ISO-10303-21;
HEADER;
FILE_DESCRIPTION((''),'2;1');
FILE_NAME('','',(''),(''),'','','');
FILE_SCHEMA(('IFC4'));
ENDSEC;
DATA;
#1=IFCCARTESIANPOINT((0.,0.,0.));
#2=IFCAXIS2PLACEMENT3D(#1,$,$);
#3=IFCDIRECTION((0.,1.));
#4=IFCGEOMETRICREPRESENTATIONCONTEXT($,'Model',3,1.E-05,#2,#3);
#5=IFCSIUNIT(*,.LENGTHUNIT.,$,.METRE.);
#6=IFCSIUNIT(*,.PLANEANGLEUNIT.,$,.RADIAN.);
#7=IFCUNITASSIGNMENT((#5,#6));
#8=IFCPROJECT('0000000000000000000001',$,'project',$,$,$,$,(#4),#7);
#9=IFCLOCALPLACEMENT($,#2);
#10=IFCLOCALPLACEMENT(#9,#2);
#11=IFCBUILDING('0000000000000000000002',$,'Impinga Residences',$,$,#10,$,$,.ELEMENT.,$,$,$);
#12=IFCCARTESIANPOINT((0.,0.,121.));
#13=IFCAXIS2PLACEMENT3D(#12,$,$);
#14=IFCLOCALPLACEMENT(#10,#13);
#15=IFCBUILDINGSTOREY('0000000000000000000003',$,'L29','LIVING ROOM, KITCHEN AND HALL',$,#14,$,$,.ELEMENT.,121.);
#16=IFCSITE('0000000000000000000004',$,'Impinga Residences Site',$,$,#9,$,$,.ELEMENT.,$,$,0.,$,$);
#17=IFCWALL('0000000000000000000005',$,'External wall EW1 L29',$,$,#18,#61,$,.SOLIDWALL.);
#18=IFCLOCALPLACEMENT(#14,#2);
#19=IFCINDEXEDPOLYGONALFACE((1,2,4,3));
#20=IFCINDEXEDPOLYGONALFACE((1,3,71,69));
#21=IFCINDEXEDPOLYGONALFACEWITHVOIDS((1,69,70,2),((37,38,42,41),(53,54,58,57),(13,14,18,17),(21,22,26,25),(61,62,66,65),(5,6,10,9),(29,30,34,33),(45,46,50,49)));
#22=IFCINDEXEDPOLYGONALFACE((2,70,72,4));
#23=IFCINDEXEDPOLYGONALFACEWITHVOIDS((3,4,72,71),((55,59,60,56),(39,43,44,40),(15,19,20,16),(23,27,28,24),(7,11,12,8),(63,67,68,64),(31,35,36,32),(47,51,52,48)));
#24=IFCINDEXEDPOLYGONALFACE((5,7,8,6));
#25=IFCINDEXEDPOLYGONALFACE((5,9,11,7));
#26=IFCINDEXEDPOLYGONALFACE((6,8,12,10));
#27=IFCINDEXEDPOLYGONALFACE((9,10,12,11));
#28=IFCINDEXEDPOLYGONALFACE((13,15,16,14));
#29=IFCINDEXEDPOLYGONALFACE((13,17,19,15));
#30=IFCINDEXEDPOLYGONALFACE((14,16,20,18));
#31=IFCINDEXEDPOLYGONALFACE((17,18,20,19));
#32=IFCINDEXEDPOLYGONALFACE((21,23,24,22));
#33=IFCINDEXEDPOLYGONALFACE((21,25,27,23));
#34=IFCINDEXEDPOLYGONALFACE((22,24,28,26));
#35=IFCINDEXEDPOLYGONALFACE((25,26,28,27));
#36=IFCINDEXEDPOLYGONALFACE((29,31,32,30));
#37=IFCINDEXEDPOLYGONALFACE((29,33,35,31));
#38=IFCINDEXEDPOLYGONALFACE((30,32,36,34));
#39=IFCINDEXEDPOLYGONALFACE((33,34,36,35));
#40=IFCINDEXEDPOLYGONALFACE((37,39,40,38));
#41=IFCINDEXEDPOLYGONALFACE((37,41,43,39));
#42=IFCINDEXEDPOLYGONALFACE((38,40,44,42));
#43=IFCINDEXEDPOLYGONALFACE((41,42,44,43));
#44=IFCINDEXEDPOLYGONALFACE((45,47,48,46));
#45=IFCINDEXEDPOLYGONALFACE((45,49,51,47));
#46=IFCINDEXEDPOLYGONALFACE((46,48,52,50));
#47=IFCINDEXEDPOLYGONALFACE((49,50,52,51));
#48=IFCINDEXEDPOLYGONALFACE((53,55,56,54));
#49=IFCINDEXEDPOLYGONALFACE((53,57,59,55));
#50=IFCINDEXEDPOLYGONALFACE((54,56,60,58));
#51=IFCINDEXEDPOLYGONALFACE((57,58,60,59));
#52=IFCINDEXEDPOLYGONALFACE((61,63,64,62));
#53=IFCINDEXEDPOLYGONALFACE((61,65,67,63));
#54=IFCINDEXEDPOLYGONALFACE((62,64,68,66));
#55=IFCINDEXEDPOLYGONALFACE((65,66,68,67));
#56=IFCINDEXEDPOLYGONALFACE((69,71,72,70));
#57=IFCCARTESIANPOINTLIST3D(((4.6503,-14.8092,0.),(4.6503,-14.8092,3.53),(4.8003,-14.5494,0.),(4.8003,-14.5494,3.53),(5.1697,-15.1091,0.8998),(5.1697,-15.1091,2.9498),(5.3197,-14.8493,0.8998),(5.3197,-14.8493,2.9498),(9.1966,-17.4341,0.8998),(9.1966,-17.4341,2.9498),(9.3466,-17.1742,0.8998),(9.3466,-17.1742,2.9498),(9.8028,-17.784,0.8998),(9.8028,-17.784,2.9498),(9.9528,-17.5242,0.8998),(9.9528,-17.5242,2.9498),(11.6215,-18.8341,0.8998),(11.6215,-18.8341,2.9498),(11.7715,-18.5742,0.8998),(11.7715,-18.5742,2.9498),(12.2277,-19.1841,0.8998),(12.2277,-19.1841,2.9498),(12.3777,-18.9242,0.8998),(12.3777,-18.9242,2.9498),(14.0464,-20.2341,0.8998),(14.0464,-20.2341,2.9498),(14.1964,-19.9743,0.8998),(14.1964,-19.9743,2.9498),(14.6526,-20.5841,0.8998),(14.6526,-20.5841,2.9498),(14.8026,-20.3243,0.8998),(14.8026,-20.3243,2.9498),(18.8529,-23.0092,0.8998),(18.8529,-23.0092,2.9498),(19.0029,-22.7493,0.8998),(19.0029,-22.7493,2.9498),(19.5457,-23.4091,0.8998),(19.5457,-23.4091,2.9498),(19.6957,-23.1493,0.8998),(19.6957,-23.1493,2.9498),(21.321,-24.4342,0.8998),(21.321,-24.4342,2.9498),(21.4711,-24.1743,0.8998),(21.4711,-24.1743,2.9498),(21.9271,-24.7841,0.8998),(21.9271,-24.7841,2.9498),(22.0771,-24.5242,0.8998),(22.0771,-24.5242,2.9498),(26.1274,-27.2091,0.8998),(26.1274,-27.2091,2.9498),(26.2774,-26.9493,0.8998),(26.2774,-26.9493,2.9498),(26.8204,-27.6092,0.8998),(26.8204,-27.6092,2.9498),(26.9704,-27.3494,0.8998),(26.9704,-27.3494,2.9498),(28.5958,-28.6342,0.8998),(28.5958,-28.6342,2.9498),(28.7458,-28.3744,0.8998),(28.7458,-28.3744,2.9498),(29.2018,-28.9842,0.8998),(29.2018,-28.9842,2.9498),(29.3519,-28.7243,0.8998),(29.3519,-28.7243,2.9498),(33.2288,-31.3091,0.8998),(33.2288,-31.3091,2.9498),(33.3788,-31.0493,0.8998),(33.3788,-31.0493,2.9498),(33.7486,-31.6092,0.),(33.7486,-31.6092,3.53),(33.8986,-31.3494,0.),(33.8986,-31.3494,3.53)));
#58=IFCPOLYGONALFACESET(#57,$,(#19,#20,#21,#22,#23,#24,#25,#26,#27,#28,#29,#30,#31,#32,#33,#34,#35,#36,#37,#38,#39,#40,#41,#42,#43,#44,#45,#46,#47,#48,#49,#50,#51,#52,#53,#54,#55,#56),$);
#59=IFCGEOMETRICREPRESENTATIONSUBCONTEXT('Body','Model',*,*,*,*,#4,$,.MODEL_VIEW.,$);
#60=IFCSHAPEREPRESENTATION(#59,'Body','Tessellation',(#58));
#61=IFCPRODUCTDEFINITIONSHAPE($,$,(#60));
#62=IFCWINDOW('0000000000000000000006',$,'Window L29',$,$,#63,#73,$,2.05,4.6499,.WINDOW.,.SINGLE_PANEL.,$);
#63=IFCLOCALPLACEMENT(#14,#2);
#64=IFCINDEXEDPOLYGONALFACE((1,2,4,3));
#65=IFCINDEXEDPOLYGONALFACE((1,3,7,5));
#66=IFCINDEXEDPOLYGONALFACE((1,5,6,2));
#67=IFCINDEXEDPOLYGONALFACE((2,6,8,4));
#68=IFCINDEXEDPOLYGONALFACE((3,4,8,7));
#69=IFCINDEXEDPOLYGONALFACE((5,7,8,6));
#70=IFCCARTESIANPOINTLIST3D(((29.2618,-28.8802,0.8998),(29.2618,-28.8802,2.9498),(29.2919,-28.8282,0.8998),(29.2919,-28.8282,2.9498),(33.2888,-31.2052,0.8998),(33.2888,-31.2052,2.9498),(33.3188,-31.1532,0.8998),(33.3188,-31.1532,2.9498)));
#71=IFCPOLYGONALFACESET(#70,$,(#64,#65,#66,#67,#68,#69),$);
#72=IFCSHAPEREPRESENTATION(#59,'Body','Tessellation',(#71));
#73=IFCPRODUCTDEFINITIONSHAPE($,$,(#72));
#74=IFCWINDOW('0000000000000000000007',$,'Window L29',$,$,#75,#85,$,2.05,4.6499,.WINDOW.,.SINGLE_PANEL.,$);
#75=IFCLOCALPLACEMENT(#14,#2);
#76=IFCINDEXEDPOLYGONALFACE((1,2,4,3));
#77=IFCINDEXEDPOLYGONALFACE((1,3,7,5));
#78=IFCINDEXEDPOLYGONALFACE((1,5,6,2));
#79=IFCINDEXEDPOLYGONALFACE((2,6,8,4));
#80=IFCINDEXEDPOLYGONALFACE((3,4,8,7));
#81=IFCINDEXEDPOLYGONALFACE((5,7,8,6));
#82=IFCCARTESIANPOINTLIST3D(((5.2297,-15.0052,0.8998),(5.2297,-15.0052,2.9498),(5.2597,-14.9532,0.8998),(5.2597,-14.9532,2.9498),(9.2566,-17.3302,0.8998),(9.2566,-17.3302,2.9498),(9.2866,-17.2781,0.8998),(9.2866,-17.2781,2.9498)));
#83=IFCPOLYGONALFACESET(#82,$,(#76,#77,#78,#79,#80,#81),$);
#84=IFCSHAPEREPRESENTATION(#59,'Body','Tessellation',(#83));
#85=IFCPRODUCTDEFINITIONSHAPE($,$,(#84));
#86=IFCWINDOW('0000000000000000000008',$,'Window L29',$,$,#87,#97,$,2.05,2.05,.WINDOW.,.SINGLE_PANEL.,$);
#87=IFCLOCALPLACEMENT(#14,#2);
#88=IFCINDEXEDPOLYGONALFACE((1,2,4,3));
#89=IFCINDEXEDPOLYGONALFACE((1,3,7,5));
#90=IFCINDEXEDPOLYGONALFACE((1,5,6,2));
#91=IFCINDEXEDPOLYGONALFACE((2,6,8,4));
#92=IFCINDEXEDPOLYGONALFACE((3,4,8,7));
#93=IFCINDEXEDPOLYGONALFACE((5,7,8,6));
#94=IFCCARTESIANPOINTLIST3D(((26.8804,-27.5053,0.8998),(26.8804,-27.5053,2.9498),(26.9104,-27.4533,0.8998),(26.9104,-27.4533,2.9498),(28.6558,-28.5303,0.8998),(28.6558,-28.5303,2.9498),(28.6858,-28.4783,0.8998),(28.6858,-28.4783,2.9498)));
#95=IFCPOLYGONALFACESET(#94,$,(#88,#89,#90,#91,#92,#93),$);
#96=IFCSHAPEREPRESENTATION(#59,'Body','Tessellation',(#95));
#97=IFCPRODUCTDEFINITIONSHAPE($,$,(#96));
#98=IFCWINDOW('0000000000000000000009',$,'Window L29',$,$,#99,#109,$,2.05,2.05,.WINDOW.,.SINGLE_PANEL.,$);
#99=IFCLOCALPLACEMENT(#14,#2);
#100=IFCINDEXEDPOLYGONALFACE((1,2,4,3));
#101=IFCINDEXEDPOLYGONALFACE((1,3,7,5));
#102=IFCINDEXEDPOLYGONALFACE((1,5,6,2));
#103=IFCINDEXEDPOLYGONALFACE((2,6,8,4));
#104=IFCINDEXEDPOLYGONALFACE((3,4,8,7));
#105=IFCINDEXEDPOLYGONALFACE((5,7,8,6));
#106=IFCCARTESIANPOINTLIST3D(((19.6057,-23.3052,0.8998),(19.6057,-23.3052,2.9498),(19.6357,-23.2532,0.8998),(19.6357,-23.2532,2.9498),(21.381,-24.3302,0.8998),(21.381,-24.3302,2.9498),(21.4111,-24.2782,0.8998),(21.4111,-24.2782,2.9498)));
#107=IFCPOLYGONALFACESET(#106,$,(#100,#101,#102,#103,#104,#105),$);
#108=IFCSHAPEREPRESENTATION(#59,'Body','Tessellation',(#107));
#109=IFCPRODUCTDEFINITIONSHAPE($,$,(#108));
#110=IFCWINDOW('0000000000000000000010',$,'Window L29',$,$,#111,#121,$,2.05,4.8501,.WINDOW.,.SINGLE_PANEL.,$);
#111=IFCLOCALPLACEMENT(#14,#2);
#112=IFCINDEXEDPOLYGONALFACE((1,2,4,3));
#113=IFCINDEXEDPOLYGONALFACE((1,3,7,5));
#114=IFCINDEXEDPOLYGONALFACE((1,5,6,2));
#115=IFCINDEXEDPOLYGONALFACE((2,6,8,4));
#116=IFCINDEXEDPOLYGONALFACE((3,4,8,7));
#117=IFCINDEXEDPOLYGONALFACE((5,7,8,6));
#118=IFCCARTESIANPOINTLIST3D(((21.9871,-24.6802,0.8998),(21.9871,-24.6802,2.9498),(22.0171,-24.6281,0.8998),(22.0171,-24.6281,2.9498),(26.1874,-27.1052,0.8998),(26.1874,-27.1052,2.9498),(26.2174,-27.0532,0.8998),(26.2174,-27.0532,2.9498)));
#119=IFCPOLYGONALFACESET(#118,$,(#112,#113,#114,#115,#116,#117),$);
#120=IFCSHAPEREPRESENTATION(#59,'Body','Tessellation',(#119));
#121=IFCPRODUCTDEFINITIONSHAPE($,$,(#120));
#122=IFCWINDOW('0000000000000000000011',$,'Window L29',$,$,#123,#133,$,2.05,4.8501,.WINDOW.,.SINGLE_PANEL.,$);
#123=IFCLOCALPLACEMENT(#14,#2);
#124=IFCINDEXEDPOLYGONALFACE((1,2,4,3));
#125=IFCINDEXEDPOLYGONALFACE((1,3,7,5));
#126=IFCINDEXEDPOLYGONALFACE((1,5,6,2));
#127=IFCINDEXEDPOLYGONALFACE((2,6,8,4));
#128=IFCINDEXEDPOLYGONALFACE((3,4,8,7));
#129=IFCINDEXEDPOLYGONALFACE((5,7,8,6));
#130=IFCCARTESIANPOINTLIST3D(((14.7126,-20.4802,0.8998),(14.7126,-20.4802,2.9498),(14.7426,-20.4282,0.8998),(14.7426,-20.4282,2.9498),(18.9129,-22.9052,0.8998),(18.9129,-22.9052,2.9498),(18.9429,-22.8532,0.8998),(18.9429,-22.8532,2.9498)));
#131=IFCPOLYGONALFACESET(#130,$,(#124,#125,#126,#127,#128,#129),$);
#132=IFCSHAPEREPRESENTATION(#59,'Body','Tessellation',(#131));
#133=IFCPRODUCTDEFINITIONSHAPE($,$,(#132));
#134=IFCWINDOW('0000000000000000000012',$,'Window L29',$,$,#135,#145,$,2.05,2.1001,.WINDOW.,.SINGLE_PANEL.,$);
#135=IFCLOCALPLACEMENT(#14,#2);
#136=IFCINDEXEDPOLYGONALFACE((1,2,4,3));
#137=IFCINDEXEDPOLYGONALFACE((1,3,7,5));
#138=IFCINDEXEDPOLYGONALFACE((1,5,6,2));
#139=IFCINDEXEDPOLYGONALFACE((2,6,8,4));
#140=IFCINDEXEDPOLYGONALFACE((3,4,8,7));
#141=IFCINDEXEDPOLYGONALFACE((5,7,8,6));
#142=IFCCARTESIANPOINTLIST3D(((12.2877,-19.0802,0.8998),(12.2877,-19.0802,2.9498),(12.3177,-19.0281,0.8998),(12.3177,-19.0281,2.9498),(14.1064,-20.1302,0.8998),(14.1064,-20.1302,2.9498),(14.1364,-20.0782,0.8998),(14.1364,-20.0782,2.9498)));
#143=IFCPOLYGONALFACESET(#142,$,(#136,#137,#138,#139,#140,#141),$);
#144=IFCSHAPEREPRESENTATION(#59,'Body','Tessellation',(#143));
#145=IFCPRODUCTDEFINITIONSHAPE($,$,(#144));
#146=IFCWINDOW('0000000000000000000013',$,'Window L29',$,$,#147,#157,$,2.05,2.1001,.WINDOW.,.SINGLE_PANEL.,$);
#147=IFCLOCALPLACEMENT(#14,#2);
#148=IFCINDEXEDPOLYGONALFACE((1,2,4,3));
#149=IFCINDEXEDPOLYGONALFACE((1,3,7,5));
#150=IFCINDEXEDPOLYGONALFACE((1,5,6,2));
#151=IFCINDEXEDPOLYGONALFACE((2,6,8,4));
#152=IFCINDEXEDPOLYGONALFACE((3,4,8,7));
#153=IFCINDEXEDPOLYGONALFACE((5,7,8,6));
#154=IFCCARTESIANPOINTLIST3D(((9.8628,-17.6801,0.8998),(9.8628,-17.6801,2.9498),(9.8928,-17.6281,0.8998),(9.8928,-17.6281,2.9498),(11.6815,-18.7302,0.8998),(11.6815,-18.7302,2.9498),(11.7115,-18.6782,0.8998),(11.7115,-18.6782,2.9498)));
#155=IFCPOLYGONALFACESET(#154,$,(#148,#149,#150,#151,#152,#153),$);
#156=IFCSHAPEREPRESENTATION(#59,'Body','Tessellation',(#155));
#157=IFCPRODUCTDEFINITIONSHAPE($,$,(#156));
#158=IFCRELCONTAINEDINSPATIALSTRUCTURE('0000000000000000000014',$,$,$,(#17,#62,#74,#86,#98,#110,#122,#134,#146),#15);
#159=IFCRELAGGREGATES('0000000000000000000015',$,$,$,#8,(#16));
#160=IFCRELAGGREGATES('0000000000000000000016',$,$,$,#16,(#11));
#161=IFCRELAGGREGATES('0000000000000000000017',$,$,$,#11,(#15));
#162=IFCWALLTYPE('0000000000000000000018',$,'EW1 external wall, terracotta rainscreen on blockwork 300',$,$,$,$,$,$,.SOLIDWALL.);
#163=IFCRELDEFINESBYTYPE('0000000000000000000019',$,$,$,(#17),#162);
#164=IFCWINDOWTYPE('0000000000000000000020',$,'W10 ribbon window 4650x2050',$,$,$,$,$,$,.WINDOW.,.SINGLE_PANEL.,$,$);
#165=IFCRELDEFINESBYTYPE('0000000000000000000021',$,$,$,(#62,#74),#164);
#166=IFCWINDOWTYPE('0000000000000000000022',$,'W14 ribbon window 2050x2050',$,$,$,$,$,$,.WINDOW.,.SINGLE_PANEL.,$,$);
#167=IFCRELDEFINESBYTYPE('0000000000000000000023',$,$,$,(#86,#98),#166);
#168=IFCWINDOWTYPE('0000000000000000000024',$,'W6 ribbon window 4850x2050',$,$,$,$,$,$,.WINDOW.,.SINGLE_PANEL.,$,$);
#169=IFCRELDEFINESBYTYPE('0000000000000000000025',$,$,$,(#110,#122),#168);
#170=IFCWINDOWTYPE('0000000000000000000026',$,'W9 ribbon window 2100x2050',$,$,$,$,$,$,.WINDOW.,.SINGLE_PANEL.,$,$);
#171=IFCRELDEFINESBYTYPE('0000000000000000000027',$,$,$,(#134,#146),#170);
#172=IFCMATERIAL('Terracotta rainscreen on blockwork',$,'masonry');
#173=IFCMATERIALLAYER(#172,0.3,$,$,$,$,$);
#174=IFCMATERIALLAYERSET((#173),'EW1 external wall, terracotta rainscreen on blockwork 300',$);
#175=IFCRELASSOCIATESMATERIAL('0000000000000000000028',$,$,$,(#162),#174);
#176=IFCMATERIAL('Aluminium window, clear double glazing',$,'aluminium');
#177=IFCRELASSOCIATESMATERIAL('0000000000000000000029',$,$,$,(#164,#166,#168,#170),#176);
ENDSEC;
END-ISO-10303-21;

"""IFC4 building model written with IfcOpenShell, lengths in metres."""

from ifc_helpers import new_model, si_unit, direction, frame, frame_2d, origin, place, context, subcontext, project, spatial, rectangle, extrude, material, layer, layer_set, type_object, element, fill, save


model = new_model("IFC4")

# Units and contexts
model_context = context("Model", 3, precision=1e-05, world=origin(), true_north=direction((0.0, 1.0)))
body_context = subcontext(model_context, "Body", "Model", "MODEL_VIEW")
ifc_project = project(units=[si_unit("LENGTHUNIT", "METRE"), si_unit("PLANEANGLEUNIT", "RADIAN")], contexts=[model_context])

# Site, building, storey
site_placement = place(None, origin())
site = spatial("IfcSite", under=ifc_project, at=site_placement, Name="Impinga Residences Site", CompositionType="ELEMENT", RefElevation=0.0)
building_placement = place(site_placement, origin())
building = spatial("IfcBuilding", under=site, at=building_placement, Name="Impinga Residences", CompositionType="ELEMENT")
storey_placement = place(building_placement, frame((0.0, 0.0, 121.0)))
storey = spatial("IfcBuildingStorey", under=building, at=storey_placement, Name="L29", Description="LIVING ROOM, KITCHEN AND HALL", CompositionType="ELEMENT", Elevation=121.0)

# Wall, openings, windows
ifc_material_1 = material(Name="Terracotta rainscreen on blockwork", Category="masonry")
ifc_layer_1 = layer(ifc_material_1, 0.3)
ifc_layer_set_1 = layer_set([ifc_layer_1], Name="EW1 external wall, terracotta rainscreen on blockwork 300")
wall_type_1 = type_object("IfcWallType", Name="EW1 external wall, terracotta rainscreen on blockwork 300", PredefinedType="SOLIDWALL", material=ifc_layer_set_1)
wall_1_placement = place(storey_placement, frame((33.8235, -31.4792, 0.0), z_axis=(0.0, 0.0, 1.0), x_axis=(-0.866024, 0.500002, 0.0)))
wall_1 = element("IfcWall", 1, at=wall_1_placement, inside=storey, type_object=wall_type_1, Name="External wall EW1 L29", PredefinedType="SOLIDWALL", context=body_context, shape_type="SweptSolid", body=[
    extrude(rectangle(XDim=33.5999, YDim=0.3, at=frame_2d((16.7998, 0.0))), origin(), (0.0, 0.0, 1.0), 3.53),
])
opening_1_placement = place(wall_1_placement, frame((0.6001, 0.0, 0.8999)))
opening_1 = element("IfcOpeningElement", 2, at=opening_1_placement, cuts=wall_1, PredefinedType="OPENING", context=body_context, shape_type="SweptSolid", body=[
    extrude(rectangle(XDim=4.6499, YDim=2.05, at=frame_2d((2.325, 1.0249))), frame((0.0, 0.1599, 0.0), z_axis=(0.0, -1.0, 0.0), x_axis=(1.0, 0.0, 0.0)), (0.0, 0.0, 1.0), 0.3201),
])
opening_2_placement = place(wall_1_placement, frame((5.95, 0.0, 0.8999)))
opening_2 = element("IfcOpeningElement", 3, at=opening_2_placement, cuts=wall_1, PredefinedType="OPENING", context=body_context, shape_type="SweptSolid", body=[
    extrude(rectangle(XDim=2.05, YDim=2.05, at=frame_2d((1.0249, 1.0249))), frame((0.0, 0.1599, 0.0), z_axis=(0.0, -1.0, 0.0), x_axis=(1.0, 0.0, 0.0)), (0.0, 0.0, 1.0), 0.3201),
])
opening_3_placement = place(wall_1_placement, frame((8.8, 0.0, 0.8999)))
opening_3 = element("IfcOpeningElement", 4, at=opening_3_placement, cuts=wall_1, PredefinedType="OPENING", context=body_context, shape_type="SweptSolid", body=[
    extrude(rectangle(XDim=4.8501, YDim=2.05, at=frame_2d((2.425, 1.0249))), frame((0.0, 0.1599, 0.0), z_axis=(0.0, -1.0, 0.0), x_axis=(1.0, 0.0, 0.0)), (0.0, 0.0, 1.0), 0.3201),
])
opening_4_placement = place(wall_1_placement, frame((14.3501, 0.0, 0.8999)))
opening_4 = element("IfcOpeningElement", 5, at=opening_4_placement, cuts=wall_1, PredefinedType="OPENING", context=body_context, shape_type="SweptSolid", body=[
    extrude(rectangle(XDim=2.05, YDim=2.05, at=frame_2d((1.0249, 1.0249))), frame((0.0, 0.1599, 0.0), z_axis=(0.0, -1.0, 0.0), x_axis=(1.0, 0.0, 0.0)), (0.0, 0.0, 1.0), 0.3201),
])
opening_5_placement = place(wall_1_placement, frame((17.2, 0.0, 0.8999)))
opening_5 = element("IfcOpeningElement", 6, at=opening_5_placement, cuts=wall_1, PredefinedType="OPENING", context=body_context, shape_type="SweptSolid", body=[
    extrude(rectangle(XDim=4.8501, YDim=2.05, at=frame_2d((2.425, 1.0249))), frame((0.0, 0.1599, 0.0), z_axis=(0.0, -1.0, 0.0), x_axis=(1.0, 0.0, 0.0)), (0.0, 0.0, 1.0), 0.3201),
])
opening_6_placement = place(wall_1_placement, frame((22.75, 0.0, 0.8999)))
opening_6 = element("IfcOpeningElement", 7, at=opening_6_placement, cuts=wall_1, PredefinedType="OPENING", context=body_context, shape_type="SweptSolid", body=[
    extrude(rectangle(XDim=2.1001, YDim=2.05, at=frame_2d((1.05, 1.0249))), frame((0.0, 0.1599, 0.0), z_axis=(0.0, -1.0, 0.0), x_axis=(1.0, 0.0, 0.0)), (0.0, 0.0, 1.0), 0.3201),
])
opening_7_placement = place(wall_1_placement, frame((25.55, 0.0, 0.8999)))
opening_7 = element("IfcOpeningElement", 8, at=opening_7_placement, cuts=wall_1, PredefinedType="OPENING", context=body_context, shape_type="SweptSolid", body=[
    extrude(rectangle(XDim=2.1001, YDim=2.05, at=frame_2d((1.05, 1.0249))), frame((0.0, 0.1599, 0.0), z_axis=(0.0, -1.0, 0.0), x_axis=(1.0, 0.0, 0.0)), (0.0, 0.0, 1.0), 0.3201),
])
opening_8_placement = place(wall_1_placement, frame((28.3501, 0.0, 0.8999)))
opening_8 = element("IfcOpeningElement", 9, at=opening_8_placement, cuts=wall_1, PredefinedType="OPENING", context=body_context, shape_type="SweptSolid", body=[
    extrude(rectangle(XDim=4.6499, YDim=2.05, at=frame_2d((2.325, 1.0249))), frame((0.0, 0.1599, 0.0), z_axis=(0.0, -1.0, 0.0), x_axis=(1.0, 0.0, 0.0)), (0.0, 0.0, 1.0), 0.3201),
])
ifc_material_2 = material(Name="Aluminium window, clear double glazing", Category="aluminium")
window_type_1 = type_object("IfcWindowType", Name="W10 ribbon window 4650x2050", PartitioningType="SINGLE_PANEL", PredefinedType="WINDOW", material=ifc_material_2)
window_1_placement = place(opening_1_placement, origin())
window_1 = element("IfcWindow", 10, at=window_1_placement, inside=storey, type_object=window_type_1, Name="Window L29", OverallHeight=2.05, OverallWidth=4.6499, PartitioningType="SINGLE_PANEL", PredefinedType="WINDOW", context=body_context, shape_type="SweptSolid", body=[
    extrude(rectangle(XDim=4.6499, YDim=2.05, at=frame_2d((2.325, 1.0249))), frame((0.0, 0.03, 0.0), z_axis=(0.0, -1.0, 0.0), x_axis=(1.0, 0.0, 0.0)), (0.0, 0.0, 1.0), 0.0601),
])
fill(opening_1, window_1)
window_2_placement = place(opening_8_placement, origin())
window_2 = element("IfcWindow", 11, at=window_2_placement, inside=storey, type_object=window_type_1, Name="Window L29", OverallHeight=2.05, OverallWidth=4.6499, PartitioningType="SINGLE_PANEL", PredefinedType="WINDOW", context=body_context, shape_type="SweptSolid", body=[
    extrude(rectangle(XDim=4.6499, YDim=2.05, at=frame_2d((2.325, 1.0249))), frame((0.0, 0.03, 0.0), z_axis=(0.0, -1.0, 0.0), x_axis=(1.0, 0.0, 0.0)), (0.0, 0.0, 1.0), 0.0601),
])
fill(opening_8, window_2)
window_type_2 = type_object("IfcWindowType", Name="W14 ribbon window 2050x2050", PartitioningType="SINGLE_PANEL", PredefinedType="WINDOW", material=ifc_material_2)
window_3_placement = place(opening_2_placement, origin())
window_3 = element("IfcWindow", 12, at=window_3_placement, inside=storey, type_object=window_type_2, Name="Window L29", OverallHeight=2.05, OverallWidth=2.05, PartitioningType="SINGLE_PANEL", PredefinedType="WINDOW", context=body_context, shape_type="SweptSolid", body=[
    extrude(rectangle(XDim=2.05, YDim=2.05, at=frame_2d((1.0249, 1.0249))), frame((0.0, 0.03, 0.0), z_axis=(0.0, -1.0, 0.0), x_axis=(1.0, 0.0, 0.0)), (0.0, 0.0, 1.0), 0.0601),
])
fill(opening_2, window_3)
window_4_placement = place(opening_4_placement, origin())
window_4 = element("IfcWindow", 13, at=window_4_placement, inside=storey, type_object=window_type_2, Name="Window L29", OverallHeight=2.05, OverallWidth=2.05, PartitioningType="SINGLE_PANEL", PredefinedType="WINDOW", context=body_context, shape_type="SweptSolid", body=[
    extrude(rectangle(XDim=2.05, YDim=2.05, at=frame_2d((1.0249, 1.0249))), frame((0.0, 0.03, 0.0), z_axis=(0.0, -1.0, 0.0), x_axis=(1.0, 0.0, 0.0)), (0.0, 0.0, 1.0), 0.0601),
])
fill(opening_4, window_4)
window_type_3 = type_object("IfcWindowType", Name="W6 ribbon window 4850x2050", PartitioningType="SINGLE_PANEL", PredefinedType="WINDOW", material=ifc_material_2)
window_5_placement = place(opening_3_placement, origin())
window_5 = element("IfcWindow", 14, at=window_5_placement, inside=storey, type_object=window_type_3, Name="Window L29", OverallHeight=2.05, OverallWidth=4.8501, PartitioningType="SINGLE_PANEL", PredefinedType="WINDOW", context=body_context, shape_type="SweptSolid", body=[
    extrude(rectangle(XDim=4.8501, YDim=2.05, at=frame_2d((2.425, 1.0249))), frame((0.0, 0.03, 0.0), z_axis=(0.0, -1.0, 0.0), x_axis=(1.0, 0.0, 0.0)), (0.0, 0.0, 1.0), 0.0601),
])
fill(opening_3, window_5)
window_6_placement = place(opening_5_placement, origin())
window_6 = element("IfcWindow", 15, at=window_6_placement, inside=storey, type_object=window_type_3, Name="Window L29", OverallHeight=2.05, OverallWidth=4.8501, PartitioningType="SINGLE_PANEL", PredefinedType="WINDOW", context=body_context, shape_type="SweptSolid", body=[
    extrude(rectangle(XDim=4.8501, YDim=2.05, at=frame_2d((2.425, 1.0249))), frame((0.0, 0.03, 0.0), z_axis=(0.0, -1.0, 0.0), x_axis=(1.0, 0.0, 0.0)), (0.0, 0.0, 1.0), 0.0601),
])
fill(opening_5, window_6)
window_type_4 = type_object("IfcWindowType", Name="W9 ribbon window 2100x2050", PartitioningType="SINGLE_PANEL", PredefinedType="WINDOW", material=ifc_material_2)
window_7_placement = place(opening_6_placement, origin())
window_7 = element("IfcWindow", 16, at=window_7_placement, inside=storey, type_object=window_type_4, Name="Window L29", OverallHeight=2.05, OverallWidth=2.1001, PartitioningType="SINGLE_PANEL", PredefinedType="WINDOW", context=body_context, shape_type="SweptSolid", body=[
    extrude(rectangle(XDim=2.1001, YDim=2.05, at=frame_2d((1.05, 1.0249))), frame((0.0, 0.03, 0.0), z_axis=(0.0, -1.0, 0.0), x_axis=(1.0, 0.0, 0.0)), (0.0, 0.0, 1.0), 0.0601),
])
fill(opening_6, window_7)
window_8_placement = place(opening_7_placement, origin())
window_8 = element("IfcWindow", 17, at=window_8_placement, inside=storey, type_object=window_type_4, Name="Window L29", OverallHeight=2.05, OverallWidth=2.1001, PartitioningType="SINGLE_PANEL", PredefinedType="WINDOW", context=body_context, shape_type="SweptSolid", body=[
    extrude(rectangle(XDim=2.1001, YDim=2.05, at=frame_2d((1.05, 1.0249))), frame((0.0, 0.03, 0.0), z_axis=(0.0, -1.0, 0.0), x_axis=(1.0, 0.0, 0.0)), (0.0, 0.0, 1.0), 0.0601),
])
fill(opening_7, window_8)

save(model, "model.ifc")
